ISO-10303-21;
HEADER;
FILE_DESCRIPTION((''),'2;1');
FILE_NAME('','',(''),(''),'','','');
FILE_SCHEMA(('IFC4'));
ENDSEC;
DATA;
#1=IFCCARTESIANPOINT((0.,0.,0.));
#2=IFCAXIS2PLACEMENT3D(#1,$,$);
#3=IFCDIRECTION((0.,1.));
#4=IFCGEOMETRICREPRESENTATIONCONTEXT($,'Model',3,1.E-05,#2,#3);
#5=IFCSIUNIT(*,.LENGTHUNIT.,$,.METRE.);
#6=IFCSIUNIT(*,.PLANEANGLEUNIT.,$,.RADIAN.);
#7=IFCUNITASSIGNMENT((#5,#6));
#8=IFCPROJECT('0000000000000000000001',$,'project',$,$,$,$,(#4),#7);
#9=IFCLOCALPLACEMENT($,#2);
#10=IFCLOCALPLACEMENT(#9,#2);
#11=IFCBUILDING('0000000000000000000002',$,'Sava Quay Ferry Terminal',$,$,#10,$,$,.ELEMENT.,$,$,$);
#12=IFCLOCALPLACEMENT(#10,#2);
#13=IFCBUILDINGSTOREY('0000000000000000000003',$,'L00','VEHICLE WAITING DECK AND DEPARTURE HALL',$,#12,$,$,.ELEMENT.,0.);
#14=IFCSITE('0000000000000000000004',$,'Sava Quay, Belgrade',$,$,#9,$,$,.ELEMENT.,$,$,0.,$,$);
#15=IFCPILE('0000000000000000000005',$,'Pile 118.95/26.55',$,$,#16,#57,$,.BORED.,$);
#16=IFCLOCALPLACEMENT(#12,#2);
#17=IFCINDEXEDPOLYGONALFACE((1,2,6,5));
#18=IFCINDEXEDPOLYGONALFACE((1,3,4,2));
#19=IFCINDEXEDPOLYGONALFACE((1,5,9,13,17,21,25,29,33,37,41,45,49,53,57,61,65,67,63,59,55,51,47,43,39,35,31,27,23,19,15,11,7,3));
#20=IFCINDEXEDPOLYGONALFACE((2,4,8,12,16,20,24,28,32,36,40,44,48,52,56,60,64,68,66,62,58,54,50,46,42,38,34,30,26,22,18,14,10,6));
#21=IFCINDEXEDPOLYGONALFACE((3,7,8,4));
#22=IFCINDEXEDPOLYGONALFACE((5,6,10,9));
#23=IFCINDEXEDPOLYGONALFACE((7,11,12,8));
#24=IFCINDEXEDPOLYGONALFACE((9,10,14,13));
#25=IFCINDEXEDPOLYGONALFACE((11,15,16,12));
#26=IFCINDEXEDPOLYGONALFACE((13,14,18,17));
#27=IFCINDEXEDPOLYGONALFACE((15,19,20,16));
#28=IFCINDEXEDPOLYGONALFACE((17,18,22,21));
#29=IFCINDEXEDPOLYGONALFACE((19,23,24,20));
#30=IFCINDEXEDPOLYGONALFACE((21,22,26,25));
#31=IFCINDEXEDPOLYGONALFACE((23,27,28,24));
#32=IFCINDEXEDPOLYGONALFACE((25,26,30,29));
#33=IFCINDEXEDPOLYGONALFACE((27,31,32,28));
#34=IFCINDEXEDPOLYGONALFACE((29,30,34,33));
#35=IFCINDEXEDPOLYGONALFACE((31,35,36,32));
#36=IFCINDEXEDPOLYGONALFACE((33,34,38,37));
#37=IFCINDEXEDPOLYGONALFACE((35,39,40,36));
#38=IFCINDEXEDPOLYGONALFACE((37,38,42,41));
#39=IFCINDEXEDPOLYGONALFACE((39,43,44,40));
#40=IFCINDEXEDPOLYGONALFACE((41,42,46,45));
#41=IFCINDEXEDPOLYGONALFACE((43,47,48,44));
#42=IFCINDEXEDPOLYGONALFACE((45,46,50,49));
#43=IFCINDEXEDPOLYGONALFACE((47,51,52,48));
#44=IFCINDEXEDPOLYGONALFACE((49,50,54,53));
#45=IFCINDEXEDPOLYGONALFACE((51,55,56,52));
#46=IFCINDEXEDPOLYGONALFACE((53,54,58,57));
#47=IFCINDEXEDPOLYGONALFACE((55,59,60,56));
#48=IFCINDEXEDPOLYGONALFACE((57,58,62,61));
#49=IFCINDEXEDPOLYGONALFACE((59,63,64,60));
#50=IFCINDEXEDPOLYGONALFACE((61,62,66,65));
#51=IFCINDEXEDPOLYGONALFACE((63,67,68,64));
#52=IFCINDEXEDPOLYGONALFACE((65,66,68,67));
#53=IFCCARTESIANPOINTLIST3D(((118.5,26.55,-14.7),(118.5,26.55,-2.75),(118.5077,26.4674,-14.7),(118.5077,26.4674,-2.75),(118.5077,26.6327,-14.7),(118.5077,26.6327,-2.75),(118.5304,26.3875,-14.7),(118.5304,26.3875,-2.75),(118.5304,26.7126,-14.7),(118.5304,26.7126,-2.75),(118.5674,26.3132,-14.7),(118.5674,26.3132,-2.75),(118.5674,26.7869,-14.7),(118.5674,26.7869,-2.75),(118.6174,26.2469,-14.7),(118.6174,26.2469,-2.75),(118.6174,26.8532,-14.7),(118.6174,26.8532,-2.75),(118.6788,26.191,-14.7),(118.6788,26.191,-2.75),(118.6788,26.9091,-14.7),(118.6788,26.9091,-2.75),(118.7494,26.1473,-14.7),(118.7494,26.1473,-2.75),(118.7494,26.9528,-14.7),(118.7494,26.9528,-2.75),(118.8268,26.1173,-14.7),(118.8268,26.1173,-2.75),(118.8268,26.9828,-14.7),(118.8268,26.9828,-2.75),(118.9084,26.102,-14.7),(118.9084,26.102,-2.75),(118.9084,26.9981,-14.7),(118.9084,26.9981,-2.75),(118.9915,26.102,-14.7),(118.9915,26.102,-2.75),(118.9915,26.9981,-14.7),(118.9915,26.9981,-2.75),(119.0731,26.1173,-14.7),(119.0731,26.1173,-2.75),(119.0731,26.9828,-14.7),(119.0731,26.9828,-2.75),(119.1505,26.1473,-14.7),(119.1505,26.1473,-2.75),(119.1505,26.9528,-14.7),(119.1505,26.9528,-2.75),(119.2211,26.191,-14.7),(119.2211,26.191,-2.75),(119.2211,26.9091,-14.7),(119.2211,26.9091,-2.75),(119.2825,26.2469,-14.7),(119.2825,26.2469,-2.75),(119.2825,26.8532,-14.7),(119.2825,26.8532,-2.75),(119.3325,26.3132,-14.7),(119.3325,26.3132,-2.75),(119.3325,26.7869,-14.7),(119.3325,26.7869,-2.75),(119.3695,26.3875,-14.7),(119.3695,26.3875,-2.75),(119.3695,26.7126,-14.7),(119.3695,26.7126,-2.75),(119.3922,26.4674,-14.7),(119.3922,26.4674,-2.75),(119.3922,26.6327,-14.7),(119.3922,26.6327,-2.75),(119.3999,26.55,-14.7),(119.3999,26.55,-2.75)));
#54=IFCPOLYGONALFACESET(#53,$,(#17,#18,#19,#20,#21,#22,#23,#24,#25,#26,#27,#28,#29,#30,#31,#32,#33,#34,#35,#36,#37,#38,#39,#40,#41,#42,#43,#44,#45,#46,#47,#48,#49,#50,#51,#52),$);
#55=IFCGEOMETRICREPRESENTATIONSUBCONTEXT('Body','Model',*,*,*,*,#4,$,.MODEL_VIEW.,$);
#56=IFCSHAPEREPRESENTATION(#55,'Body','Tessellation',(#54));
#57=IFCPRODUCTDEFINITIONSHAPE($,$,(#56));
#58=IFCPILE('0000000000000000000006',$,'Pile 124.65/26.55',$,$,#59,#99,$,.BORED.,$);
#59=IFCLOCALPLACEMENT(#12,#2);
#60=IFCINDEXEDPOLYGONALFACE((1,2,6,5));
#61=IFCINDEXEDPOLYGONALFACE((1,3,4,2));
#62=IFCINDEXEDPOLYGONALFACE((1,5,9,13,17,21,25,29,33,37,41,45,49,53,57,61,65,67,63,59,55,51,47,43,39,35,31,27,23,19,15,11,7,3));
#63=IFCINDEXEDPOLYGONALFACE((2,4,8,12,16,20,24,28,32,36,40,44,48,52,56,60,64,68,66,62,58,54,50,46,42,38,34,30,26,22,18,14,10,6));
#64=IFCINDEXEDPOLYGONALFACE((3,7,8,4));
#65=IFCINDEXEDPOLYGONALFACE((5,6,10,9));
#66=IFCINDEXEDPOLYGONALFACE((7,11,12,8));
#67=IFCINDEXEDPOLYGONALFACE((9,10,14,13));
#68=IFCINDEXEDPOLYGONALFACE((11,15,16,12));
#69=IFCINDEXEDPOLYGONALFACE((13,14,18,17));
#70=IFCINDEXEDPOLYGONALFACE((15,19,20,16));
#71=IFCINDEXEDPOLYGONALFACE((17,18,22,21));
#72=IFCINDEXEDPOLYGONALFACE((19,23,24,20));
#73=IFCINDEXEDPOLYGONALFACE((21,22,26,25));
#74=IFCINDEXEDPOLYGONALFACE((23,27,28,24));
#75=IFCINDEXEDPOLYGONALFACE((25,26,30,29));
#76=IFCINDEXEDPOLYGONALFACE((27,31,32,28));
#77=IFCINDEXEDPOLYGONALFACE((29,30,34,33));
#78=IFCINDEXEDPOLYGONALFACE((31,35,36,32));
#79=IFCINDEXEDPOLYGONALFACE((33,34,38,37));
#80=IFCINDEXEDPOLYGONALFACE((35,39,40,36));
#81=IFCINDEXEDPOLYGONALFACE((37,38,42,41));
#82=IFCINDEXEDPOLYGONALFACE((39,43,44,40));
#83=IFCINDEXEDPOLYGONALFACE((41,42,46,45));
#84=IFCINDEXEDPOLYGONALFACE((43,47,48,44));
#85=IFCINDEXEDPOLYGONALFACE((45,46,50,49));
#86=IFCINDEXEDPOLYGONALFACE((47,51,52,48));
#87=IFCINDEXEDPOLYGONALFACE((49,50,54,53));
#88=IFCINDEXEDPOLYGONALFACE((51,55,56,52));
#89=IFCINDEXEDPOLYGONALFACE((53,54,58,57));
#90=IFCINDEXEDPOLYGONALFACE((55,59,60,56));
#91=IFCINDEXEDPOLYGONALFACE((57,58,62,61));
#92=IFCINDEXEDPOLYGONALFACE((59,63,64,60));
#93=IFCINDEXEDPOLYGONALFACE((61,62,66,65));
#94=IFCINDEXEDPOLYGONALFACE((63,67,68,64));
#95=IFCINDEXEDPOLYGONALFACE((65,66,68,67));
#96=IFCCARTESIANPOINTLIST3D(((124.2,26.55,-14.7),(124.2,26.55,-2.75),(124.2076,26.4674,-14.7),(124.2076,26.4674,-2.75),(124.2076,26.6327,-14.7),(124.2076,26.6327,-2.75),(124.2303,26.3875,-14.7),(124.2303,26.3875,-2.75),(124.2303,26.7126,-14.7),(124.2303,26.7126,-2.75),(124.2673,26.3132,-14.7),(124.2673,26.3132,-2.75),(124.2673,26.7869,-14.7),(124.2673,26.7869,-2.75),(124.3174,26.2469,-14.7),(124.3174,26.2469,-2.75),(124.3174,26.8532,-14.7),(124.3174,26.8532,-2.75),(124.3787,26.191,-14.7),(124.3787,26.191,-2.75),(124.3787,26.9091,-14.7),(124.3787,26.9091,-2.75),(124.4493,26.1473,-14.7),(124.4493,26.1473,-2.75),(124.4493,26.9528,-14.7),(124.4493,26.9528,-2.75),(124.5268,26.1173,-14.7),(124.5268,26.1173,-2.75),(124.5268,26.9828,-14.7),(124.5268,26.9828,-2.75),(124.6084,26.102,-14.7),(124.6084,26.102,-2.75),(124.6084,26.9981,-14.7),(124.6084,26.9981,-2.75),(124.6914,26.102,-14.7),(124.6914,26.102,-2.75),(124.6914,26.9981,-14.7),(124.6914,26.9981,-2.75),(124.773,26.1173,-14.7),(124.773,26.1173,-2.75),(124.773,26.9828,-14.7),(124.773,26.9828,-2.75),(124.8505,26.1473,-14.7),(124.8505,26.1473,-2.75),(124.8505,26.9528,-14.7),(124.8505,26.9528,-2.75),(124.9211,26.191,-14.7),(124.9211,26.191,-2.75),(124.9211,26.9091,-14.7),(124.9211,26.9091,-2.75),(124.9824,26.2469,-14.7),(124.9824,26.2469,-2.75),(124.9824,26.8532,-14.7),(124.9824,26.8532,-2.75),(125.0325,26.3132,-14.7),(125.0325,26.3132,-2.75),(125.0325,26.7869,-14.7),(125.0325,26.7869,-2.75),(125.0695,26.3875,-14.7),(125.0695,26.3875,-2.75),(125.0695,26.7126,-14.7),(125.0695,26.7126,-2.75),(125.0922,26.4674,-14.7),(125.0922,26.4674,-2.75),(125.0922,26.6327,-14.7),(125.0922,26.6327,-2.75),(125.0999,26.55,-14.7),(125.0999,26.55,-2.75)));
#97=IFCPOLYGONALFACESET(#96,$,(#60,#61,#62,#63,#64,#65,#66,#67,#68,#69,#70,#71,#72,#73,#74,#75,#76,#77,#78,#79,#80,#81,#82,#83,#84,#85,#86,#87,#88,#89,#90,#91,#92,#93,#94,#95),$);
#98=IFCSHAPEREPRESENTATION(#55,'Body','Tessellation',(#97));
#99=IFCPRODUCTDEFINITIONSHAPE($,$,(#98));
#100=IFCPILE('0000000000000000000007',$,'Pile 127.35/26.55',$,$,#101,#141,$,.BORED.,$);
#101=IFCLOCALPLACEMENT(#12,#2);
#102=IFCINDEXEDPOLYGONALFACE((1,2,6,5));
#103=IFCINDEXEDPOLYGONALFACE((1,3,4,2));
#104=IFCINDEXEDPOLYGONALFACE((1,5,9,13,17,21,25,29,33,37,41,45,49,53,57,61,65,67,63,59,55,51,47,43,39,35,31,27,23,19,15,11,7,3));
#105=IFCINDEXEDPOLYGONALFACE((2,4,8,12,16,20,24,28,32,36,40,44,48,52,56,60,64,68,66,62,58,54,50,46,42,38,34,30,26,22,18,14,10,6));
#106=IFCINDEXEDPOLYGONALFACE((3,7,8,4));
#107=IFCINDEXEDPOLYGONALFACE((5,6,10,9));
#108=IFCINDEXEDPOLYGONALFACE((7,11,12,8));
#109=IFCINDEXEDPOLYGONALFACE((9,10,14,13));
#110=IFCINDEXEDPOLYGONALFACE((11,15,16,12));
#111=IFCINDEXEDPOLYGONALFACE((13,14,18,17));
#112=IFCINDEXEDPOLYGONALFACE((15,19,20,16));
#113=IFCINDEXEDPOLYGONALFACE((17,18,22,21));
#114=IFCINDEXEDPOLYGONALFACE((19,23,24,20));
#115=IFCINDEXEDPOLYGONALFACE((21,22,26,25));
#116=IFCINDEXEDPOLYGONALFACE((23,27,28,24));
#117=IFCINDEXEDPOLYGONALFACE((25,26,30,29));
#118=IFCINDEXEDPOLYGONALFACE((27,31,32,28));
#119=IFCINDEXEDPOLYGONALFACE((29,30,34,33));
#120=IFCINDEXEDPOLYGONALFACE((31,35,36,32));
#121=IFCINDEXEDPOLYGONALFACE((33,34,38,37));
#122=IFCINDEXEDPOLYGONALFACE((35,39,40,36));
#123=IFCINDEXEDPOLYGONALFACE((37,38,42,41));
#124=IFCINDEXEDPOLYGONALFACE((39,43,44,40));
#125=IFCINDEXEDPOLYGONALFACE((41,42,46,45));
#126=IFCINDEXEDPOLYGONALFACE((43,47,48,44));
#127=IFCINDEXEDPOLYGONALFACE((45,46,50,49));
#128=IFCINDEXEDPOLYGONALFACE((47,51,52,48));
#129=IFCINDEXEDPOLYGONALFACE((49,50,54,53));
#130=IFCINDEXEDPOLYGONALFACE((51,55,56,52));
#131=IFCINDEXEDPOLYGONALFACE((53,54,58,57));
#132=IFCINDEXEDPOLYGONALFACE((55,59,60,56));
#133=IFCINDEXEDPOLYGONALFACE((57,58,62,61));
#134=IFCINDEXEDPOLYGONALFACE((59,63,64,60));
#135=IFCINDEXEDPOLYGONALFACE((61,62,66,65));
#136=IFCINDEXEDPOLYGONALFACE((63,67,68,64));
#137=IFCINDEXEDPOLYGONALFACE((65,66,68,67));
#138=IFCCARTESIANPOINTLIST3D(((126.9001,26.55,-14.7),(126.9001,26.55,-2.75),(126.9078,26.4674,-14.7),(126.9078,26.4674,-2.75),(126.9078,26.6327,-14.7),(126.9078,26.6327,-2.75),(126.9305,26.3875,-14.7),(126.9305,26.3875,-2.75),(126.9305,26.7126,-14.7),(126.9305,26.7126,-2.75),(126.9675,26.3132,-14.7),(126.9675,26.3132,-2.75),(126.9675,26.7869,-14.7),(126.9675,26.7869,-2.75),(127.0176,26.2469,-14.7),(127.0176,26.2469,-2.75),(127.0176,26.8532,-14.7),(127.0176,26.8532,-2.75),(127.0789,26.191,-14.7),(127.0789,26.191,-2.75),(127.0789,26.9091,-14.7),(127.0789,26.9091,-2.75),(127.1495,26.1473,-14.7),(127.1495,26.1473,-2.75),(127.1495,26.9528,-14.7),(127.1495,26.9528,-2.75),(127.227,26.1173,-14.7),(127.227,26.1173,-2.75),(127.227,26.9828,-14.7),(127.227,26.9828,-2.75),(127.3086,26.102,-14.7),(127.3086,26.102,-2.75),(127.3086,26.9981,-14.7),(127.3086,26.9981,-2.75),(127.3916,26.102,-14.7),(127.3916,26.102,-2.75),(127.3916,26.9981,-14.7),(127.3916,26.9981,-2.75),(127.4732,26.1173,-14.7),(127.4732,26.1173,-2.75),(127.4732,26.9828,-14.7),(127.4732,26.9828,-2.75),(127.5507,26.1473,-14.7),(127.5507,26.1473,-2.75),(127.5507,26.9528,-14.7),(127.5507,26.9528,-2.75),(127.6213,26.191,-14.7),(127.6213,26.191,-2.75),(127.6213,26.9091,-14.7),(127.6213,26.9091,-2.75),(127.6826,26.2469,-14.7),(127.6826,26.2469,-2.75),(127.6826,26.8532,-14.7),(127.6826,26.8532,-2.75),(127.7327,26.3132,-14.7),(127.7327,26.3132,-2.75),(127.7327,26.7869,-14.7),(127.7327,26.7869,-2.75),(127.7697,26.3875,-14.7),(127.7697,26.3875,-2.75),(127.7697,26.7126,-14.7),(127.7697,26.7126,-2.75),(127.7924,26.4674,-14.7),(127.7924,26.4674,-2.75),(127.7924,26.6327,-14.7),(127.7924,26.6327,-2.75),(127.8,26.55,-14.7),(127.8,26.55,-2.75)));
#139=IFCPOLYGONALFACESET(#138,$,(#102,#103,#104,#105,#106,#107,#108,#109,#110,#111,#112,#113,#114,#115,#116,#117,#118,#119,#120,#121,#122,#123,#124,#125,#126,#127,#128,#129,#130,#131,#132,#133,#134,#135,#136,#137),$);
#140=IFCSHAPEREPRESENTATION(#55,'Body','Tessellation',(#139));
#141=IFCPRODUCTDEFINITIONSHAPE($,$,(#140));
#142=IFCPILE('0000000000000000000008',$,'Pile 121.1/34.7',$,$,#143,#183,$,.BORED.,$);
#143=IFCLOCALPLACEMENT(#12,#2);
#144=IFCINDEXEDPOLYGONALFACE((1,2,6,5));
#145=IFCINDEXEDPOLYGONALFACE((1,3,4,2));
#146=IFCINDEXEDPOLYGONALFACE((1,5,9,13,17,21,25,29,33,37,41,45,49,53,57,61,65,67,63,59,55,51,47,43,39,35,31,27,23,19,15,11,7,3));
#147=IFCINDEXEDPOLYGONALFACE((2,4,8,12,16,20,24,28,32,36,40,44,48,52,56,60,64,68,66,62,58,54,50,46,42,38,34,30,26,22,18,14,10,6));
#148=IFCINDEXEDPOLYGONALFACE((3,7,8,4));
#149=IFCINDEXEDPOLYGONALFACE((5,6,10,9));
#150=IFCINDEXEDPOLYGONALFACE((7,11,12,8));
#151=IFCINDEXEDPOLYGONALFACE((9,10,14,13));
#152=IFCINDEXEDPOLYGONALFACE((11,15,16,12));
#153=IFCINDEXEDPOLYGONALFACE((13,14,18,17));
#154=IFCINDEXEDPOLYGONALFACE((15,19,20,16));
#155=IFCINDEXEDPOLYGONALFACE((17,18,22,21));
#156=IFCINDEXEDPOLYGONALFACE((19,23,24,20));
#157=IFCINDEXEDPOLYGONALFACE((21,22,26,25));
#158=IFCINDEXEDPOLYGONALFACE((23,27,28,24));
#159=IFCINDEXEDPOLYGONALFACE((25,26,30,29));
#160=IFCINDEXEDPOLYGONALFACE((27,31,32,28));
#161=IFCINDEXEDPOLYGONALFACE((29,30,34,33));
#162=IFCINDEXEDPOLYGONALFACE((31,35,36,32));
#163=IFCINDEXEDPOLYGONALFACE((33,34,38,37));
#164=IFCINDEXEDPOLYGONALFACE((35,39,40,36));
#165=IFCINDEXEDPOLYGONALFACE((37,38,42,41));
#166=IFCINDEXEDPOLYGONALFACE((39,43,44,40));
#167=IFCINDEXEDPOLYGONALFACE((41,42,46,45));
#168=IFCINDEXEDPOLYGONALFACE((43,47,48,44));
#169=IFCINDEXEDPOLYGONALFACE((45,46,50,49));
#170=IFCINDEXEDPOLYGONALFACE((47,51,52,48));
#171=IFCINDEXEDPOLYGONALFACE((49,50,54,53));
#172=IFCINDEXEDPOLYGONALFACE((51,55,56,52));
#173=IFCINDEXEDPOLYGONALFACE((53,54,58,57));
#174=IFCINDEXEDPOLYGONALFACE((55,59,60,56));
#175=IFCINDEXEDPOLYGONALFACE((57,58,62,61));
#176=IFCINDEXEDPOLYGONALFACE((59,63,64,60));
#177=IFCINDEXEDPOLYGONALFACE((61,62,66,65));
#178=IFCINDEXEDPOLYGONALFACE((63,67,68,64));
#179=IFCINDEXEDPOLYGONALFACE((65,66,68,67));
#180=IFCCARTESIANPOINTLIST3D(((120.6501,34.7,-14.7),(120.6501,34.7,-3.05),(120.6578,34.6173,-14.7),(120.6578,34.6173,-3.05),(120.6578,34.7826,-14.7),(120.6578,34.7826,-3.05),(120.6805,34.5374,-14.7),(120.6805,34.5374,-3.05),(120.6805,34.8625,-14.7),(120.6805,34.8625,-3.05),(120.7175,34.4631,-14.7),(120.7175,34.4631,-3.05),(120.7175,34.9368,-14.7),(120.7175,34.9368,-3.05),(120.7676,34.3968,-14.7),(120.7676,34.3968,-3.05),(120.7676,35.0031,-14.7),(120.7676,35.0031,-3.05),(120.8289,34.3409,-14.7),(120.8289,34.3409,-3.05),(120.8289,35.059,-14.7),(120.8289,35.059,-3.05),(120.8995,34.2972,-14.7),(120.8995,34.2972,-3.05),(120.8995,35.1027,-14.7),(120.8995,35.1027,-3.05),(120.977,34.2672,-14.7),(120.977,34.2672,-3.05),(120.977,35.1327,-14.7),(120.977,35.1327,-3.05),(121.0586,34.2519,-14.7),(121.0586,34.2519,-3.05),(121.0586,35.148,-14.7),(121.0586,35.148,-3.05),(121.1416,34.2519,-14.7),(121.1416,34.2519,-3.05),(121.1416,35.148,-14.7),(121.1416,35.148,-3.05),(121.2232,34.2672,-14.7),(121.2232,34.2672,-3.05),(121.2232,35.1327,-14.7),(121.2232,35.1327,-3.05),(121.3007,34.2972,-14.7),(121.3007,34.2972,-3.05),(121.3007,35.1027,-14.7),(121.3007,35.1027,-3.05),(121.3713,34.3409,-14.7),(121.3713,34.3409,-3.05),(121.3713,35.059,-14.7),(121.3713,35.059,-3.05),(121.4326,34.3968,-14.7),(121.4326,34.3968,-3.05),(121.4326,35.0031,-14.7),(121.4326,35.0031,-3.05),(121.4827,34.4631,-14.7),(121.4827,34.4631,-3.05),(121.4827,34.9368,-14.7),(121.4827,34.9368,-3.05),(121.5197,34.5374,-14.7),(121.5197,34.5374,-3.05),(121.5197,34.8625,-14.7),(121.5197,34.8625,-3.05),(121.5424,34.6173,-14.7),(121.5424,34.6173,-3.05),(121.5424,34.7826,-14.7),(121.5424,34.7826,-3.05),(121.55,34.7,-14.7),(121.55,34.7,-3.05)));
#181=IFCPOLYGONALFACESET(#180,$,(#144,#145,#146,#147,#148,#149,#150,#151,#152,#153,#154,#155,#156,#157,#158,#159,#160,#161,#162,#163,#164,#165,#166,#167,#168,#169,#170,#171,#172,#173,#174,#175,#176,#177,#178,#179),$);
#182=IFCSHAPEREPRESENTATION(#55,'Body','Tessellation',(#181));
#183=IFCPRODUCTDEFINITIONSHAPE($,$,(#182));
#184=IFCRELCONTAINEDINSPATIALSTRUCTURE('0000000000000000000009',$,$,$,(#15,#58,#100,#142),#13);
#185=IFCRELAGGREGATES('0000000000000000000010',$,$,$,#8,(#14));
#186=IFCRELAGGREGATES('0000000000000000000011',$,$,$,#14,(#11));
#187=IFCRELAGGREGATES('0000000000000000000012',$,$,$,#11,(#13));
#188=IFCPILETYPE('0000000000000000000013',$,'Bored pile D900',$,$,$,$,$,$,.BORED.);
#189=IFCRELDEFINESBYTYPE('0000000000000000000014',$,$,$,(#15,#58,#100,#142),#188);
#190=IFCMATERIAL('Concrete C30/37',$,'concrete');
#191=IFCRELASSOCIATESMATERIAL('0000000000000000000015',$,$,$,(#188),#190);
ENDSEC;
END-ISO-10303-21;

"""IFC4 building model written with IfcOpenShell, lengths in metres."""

from ifc_helpers import new_model, si_unit, direction, frame, origin, origin_2d, place, context, subcontext, project, spatial, circle, extrude, material, material_profile, profile_set, type_object, element, save


model = new_model("IFC4")

# Units and contexts
model_context = context("Model", 3, precision=1e-05, world=origin(), true_north=direction((0.0, 1.0)))
body_context = subcontext(model_context, "Body", "Model", "MODEL_VIEW")
ifc_project = project(units=[si_unit("LENGTHUNIT", "METRE"), si_unit("PLANEANGLEUNIT", "RADIAN")], contexts=[model_context])

# Site, building, storey
site_placement = place(None, origin())
site = spatial("IfcSite", under=ifc_project, at=site_placement, Name="Sava Quay, Belgrade", CompositionType="ELEMENT", RefElevation=0.0)
building_placement = place(site_placement, origin())
building = spatial("IfcBuilding", under=site, at=building_placement, Name="Sava Quay Ferry Terminal", CompositionType="ELEMENT")
storey_placement = place(building_placement, origin())
storey = spatial("IfcBuildingStorey", under=building, at=storey_placement, Name="L00", Description="VEHICLE WAITING DECK AND DEPARTURE HALL", CompositionType="ELEMENT", Elevation=0.0)

# Piles
ifc_material_1 = material(Name="Concrete C30/37", Category="concrete")
ifc_material_profile_1 = material_profile(ifc_material_1, circle(Radius=0.45, at=origin_2d()), Name="Bored pile D900")
ifc_profile_set_1 = profile_set([ifc_material_profile_1], Name="Concrete C30/37")
pile_type = type_object("IfcPileType", Name="Bored pile D900", PredefinedType="BORED", material=ifc_profile_set_1)
for number, where, z_axis, x_axis, name in (
    (1, (118.95, 26.55, -2.75), (0.0, 0.0, -1.0), (1.0, 0.0, 0.0), "Pile 118.95/26.55"),
    (2, (124.6499, 26.55, -2.75), (0.0, 0.0, -1.0), (1.0, 0.0, 0.0), "Pile 124.65/26.55"),
    (3, (127.3501, 26.55, -2.75), (0.0, 0.0, -1.0), (1.0, 0.0, 0.0), "Pile 127.35/26.55"),
):
    element("IfcPile", number, at=place(storey_placement, frame(where, z_axis=z_axis, x_axis=x_axis)), inside=storey, type_object=pile_type, Name=name, PredefinedType="BORED", context=body_context, shape_type="SweptSolid", body=[
        extrude(circle(Radius=0.45, at=origin_2d()), origin(), (0.0, 0.0, 1.0), 11.95),
    ])
for number, where, z_axis, x_axis, name in (
    (4, (121.1001, 34.7, -3.05), (0.0, 0.0, -1.0), (1.0, 0.0, 0.0), "Pile 121.1/34.7"),
):
    element("IfcPile", number, at=place(storey_placement, frame(where, z_axis=z_axis, x_axis=x_axis)), inside=storey, type_object=pile_type, Name=name, PredefinedType="BORED", context=body_context, shape_type="SweptSolid", body=[
        extrude(circle(Radius=0.45, at=origin_2d()), origin(), (0.0, 0.0, 1.0), 11.6499),
    ])

save(model, "model.ifc")
